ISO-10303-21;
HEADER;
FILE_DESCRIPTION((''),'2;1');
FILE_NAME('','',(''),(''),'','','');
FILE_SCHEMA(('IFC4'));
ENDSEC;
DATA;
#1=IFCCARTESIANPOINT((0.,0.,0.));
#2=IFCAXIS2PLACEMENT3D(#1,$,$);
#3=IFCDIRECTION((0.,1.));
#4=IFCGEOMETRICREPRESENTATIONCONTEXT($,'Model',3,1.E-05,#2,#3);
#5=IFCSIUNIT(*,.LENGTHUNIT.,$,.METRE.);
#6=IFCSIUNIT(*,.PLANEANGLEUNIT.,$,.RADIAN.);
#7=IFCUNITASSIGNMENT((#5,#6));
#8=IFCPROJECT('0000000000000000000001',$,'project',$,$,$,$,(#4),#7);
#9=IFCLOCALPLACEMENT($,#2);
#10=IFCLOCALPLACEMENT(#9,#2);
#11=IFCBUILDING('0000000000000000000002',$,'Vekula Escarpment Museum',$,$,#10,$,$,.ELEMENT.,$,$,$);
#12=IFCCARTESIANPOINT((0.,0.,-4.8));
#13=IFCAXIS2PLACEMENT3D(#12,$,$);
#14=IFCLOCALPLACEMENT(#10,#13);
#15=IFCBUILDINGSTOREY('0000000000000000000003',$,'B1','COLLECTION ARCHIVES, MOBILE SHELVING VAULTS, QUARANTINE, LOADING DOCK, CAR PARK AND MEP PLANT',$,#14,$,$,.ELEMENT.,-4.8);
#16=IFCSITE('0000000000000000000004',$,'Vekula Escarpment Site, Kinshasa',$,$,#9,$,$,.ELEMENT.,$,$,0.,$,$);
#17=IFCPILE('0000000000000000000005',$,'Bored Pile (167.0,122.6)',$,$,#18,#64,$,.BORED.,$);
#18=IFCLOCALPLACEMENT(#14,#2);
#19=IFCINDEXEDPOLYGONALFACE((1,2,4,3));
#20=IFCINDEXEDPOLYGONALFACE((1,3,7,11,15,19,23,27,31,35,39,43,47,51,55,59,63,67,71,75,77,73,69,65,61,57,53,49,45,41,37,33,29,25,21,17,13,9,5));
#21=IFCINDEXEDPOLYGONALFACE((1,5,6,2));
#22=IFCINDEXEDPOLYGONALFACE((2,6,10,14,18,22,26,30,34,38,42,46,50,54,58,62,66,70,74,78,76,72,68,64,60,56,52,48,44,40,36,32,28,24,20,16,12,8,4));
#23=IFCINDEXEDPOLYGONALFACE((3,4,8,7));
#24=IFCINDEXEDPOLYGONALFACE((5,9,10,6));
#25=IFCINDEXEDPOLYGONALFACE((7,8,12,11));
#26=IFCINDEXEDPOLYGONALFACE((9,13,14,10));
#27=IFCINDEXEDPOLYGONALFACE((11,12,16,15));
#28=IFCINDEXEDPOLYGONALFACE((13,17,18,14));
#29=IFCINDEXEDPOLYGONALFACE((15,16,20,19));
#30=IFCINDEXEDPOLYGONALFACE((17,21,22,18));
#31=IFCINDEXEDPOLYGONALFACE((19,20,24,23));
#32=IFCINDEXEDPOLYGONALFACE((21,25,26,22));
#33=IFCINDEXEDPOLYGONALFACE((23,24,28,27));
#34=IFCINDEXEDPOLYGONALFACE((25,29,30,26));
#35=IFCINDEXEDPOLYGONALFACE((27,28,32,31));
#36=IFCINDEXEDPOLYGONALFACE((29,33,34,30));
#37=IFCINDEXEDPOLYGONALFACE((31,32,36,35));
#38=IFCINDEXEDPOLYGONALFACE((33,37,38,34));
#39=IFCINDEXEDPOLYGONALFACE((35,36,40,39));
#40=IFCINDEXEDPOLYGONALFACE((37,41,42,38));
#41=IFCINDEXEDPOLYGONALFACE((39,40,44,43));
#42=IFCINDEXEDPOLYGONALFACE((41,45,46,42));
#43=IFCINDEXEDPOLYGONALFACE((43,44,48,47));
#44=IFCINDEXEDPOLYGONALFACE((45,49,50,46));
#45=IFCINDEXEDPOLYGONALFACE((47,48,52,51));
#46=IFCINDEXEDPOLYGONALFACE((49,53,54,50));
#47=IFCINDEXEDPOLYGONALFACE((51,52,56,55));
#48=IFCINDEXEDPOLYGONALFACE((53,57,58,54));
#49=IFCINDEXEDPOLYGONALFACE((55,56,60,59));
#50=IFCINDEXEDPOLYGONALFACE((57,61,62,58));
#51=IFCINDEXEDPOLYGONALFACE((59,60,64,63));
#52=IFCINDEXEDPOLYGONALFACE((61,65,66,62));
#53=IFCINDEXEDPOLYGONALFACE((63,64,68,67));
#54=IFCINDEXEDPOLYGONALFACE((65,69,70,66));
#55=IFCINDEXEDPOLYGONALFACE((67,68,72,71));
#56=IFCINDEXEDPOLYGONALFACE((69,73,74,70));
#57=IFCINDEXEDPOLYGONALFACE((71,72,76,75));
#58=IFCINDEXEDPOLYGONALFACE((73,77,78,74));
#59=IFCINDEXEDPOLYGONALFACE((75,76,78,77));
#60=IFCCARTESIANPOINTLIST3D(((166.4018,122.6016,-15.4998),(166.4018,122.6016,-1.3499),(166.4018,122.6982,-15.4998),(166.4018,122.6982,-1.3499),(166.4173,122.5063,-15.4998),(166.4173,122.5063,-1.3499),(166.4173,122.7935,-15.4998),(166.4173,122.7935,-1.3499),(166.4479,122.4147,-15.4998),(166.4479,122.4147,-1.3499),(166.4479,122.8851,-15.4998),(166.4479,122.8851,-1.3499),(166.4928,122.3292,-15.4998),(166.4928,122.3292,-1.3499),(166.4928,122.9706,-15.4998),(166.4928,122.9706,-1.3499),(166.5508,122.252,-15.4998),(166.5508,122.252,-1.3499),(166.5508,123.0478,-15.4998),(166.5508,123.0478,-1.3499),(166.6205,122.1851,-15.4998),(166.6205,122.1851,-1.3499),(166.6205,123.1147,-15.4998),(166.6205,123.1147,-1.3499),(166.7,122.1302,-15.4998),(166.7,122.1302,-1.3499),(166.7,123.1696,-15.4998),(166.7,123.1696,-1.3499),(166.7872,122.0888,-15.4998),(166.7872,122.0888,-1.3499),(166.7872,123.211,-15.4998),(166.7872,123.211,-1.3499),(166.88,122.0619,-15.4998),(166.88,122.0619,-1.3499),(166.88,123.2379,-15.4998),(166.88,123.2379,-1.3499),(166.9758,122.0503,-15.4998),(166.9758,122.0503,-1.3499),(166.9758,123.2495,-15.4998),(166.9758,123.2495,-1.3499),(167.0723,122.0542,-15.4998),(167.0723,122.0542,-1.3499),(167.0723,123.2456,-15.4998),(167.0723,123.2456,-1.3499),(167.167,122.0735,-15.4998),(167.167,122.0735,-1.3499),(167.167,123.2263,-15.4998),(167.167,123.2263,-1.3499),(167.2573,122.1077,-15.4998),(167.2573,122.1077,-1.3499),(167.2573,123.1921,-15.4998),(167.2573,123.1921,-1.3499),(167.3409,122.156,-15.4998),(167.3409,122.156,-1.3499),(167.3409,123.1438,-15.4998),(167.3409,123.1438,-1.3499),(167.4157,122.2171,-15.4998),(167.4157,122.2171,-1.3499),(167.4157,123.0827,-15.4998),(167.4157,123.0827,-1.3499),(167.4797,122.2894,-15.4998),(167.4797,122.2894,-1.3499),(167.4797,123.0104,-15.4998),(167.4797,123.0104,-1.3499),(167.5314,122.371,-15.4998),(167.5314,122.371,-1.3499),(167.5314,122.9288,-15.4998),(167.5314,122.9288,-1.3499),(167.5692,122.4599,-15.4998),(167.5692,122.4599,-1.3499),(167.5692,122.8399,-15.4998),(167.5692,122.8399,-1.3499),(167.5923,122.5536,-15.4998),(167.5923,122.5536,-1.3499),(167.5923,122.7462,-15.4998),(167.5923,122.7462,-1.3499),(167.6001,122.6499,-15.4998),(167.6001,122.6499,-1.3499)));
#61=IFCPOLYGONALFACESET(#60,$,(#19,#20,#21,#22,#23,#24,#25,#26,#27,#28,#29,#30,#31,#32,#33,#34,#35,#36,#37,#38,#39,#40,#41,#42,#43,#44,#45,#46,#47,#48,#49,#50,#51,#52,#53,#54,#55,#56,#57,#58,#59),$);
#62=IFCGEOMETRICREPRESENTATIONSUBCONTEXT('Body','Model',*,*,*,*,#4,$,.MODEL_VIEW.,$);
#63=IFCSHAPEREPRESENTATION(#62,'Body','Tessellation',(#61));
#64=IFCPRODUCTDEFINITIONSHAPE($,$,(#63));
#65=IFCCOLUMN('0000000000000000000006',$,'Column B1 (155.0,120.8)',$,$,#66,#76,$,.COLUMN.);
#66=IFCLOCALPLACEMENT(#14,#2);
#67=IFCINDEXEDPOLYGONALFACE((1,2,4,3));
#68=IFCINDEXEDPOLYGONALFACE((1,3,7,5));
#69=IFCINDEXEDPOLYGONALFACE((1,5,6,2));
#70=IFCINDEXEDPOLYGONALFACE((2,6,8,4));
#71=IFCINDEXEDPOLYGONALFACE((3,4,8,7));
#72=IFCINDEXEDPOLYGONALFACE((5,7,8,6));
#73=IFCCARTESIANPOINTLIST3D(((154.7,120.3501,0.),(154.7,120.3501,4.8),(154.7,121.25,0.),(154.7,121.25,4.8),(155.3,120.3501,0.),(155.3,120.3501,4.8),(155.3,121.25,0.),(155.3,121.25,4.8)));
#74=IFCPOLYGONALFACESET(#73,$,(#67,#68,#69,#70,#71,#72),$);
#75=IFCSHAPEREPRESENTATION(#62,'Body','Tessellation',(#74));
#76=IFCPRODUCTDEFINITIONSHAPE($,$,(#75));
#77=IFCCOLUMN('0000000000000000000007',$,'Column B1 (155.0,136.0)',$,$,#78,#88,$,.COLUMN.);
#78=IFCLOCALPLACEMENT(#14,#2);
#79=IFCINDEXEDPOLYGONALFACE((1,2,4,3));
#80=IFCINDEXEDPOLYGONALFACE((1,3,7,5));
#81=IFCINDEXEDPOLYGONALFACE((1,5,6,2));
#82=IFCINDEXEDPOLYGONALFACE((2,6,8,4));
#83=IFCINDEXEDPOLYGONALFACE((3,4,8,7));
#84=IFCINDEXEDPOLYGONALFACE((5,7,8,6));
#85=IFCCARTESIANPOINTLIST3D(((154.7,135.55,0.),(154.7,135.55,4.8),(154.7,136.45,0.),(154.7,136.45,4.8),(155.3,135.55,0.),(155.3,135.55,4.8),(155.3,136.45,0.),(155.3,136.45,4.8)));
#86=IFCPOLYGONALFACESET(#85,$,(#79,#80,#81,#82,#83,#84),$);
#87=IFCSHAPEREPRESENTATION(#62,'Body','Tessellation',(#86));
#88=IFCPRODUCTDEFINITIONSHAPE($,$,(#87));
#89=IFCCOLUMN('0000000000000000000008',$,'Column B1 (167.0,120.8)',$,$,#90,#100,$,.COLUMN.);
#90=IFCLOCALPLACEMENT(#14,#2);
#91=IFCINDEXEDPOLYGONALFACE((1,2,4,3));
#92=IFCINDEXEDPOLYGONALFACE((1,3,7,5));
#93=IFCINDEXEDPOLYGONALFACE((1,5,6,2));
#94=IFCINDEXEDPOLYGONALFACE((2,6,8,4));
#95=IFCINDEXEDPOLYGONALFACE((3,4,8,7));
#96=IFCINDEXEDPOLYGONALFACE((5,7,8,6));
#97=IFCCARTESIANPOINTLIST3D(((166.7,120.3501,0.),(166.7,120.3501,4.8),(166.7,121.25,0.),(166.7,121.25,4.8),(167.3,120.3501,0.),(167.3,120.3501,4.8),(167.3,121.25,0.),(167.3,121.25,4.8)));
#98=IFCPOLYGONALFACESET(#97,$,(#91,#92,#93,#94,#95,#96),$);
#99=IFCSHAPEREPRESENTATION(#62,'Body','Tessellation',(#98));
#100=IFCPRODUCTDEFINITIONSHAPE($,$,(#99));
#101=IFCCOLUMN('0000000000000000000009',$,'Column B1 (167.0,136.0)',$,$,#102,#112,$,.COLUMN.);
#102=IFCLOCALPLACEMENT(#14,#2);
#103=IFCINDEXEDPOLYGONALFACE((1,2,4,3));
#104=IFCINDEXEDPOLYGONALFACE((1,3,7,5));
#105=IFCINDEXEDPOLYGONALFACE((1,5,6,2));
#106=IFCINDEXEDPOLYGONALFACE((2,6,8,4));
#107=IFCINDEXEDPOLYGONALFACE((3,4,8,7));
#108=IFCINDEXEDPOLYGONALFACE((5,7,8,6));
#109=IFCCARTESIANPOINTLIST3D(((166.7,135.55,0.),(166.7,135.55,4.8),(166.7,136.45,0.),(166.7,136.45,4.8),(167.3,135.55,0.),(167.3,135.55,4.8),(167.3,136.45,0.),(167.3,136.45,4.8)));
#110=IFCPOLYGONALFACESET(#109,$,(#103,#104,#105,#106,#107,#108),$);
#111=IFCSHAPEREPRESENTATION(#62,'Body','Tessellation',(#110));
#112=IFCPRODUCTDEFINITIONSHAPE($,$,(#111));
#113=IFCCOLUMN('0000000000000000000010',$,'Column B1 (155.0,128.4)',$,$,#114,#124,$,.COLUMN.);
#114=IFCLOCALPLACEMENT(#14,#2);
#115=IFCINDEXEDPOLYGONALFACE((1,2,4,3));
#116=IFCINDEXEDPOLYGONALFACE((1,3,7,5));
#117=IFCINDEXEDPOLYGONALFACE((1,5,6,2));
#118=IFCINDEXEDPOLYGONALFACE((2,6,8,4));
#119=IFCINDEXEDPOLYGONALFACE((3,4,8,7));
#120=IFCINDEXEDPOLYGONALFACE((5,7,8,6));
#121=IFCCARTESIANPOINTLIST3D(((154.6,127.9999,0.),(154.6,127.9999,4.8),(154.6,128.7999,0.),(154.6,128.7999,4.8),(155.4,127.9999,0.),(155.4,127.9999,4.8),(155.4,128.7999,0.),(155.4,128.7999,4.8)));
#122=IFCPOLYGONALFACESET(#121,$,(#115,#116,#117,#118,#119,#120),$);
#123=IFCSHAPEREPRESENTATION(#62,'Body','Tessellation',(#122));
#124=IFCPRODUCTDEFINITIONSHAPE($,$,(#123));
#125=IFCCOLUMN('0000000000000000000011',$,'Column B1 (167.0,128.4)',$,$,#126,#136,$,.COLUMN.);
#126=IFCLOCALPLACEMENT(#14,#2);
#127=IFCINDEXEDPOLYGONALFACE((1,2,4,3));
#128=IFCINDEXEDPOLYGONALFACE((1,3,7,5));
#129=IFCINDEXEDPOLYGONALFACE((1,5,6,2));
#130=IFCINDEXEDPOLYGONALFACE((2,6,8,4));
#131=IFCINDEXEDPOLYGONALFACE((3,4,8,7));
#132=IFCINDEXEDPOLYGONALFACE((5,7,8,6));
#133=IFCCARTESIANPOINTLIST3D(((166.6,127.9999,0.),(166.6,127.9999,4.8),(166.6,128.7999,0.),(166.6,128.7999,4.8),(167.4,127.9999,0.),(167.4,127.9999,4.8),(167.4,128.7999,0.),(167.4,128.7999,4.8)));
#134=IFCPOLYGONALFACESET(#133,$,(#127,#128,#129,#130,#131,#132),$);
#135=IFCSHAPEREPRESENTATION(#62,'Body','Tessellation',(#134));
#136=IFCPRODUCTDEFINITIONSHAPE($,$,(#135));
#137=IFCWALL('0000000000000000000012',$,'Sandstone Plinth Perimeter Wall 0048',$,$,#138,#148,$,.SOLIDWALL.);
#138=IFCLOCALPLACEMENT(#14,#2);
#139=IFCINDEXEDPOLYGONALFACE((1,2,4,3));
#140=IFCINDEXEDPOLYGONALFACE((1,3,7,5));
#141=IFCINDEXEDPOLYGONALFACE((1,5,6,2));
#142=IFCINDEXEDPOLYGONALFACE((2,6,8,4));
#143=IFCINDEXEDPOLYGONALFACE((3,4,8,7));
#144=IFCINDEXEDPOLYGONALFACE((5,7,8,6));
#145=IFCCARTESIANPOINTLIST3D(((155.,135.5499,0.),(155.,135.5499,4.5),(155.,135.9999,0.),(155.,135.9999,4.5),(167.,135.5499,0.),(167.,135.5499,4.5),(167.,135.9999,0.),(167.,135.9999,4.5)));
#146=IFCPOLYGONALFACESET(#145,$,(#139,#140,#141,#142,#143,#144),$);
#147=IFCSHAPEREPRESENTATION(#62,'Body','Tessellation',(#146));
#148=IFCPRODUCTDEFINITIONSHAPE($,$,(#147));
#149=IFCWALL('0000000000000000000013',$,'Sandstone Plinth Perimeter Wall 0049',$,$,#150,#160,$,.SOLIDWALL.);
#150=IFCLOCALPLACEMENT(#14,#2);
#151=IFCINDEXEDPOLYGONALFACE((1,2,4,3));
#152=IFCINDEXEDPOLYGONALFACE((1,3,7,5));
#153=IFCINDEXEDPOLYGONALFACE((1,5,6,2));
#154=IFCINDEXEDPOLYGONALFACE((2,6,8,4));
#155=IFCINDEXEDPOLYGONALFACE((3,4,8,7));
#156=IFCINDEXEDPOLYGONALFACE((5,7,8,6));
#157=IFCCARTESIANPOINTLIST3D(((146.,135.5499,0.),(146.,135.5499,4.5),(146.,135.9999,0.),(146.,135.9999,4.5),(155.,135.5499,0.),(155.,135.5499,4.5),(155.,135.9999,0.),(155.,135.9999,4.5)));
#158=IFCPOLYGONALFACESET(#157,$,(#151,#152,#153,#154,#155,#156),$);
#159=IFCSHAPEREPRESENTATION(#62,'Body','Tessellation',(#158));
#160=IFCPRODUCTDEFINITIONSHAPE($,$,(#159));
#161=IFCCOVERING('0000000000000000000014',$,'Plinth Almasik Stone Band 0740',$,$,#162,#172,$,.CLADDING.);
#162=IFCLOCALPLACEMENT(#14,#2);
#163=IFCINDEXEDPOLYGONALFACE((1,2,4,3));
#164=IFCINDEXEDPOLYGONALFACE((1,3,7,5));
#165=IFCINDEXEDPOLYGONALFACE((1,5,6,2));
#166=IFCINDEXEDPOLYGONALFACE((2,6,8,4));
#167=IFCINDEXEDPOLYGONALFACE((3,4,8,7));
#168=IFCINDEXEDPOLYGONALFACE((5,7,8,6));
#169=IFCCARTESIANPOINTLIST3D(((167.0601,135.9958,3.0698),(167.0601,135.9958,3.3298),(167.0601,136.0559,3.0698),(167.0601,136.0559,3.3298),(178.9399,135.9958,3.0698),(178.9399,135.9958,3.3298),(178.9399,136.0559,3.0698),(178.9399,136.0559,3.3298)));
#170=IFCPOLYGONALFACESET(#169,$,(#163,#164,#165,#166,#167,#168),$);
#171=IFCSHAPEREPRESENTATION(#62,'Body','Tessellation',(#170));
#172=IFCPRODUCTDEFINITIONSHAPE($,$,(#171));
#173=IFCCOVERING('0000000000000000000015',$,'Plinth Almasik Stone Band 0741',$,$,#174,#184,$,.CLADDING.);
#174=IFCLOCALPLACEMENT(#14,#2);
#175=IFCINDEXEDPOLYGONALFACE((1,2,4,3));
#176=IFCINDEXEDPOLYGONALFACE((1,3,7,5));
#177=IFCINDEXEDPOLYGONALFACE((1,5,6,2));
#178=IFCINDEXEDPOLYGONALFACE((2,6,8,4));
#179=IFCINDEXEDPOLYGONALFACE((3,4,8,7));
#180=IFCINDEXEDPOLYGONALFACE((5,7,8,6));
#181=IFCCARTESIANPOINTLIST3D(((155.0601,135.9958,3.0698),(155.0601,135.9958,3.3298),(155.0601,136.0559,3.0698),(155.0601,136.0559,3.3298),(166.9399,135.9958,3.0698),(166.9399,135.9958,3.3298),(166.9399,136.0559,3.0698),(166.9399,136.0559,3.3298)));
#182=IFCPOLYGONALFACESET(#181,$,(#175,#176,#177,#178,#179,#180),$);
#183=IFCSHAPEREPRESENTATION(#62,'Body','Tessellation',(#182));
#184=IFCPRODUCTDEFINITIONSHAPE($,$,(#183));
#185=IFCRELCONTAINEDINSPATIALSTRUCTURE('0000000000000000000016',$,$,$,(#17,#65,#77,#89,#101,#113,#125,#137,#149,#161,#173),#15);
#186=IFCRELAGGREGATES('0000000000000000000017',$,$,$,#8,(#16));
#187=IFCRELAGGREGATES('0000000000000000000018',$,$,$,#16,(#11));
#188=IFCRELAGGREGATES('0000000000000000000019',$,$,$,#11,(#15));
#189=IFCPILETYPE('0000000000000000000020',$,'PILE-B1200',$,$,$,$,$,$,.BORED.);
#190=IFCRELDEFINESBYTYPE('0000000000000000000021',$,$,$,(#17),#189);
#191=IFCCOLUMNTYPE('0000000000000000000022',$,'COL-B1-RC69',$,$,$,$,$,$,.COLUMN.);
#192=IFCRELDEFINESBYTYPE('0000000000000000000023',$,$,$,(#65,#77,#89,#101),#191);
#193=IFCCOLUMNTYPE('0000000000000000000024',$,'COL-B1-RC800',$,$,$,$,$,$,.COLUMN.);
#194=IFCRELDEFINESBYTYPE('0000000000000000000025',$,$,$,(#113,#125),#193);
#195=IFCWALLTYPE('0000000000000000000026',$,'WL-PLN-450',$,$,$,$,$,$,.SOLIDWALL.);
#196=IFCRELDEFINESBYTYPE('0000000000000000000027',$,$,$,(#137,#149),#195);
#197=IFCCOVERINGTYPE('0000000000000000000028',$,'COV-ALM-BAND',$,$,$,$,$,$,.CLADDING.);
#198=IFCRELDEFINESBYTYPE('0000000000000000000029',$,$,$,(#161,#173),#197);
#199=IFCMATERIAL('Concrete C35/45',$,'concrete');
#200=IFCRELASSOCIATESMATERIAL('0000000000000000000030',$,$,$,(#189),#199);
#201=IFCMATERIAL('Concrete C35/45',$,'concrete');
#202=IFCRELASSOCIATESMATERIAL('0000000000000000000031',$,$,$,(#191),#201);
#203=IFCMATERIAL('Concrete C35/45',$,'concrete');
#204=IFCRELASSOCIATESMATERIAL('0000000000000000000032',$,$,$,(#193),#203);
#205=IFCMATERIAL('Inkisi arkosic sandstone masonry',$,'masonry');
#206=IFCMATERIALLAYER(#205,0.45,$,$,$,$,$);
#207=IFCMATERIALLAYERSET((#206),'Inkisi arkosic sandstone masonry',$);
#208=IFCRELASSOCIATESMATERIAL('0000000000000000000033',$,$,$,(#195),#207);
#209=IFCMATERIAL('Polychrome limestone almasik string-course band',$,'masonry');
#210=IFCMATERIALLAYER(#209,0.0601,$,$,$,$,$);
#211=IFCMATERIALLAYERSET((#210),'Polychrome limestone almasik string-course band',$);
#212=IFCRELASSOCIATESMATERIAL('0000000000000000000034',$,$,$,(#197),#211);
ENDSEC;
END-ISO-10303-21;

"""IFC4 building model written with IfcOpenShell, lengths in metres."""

from ifc_helpers import new_model, si_unit, direction, frame, frame_2d, origin, origin_2d, place, context, subcontext, project, spatial, rectangle, circle, extrude, material, layer, layer_set, material_profile, profile_set, type_object, element, save


model = new_model("IFC4")

# Units and contexts
model_context = context("Model", 3, precision=1e-05, world=origin(), true_north=direction((0.0, 1.0)))
body_context = subcontext(model_context, "Body", "Model", "MODEL_VIEW")
ifc_project = project(units=[si_unit("LENGTHUNIT", "METRE"), si_unit("PLANEANGLEUNIT", "RADIAN")], contexts=[model_context])

# Site, building, storey
site_placement = place(None, origin())
site = spatial("IfcSite", under=ifc_project, at=site_placement, Name="Vekula Escarpment Site, Kinshasa", CompositionType="ELEMENT", RefElevation=0.0)
building_placement = place(site_placement, origin())
building = spatial("IfcBuilding", under=site, at=building_placement, Name="Vekula Escarpment Museum", CompositionType="ELEMENT")
storey_placement = place(building_placement, frame((0.0, 0.0, -4.8)))
storey = spatial("IfcBuildingStorey", under=building, at=storey_placement, Name="B1", Description="COLLECTION ARCHIVES, MOBILE SHELVING VAULTS, QUARANTINE, LOADING DOCK, CAR PARK AND MEP PLANT", CompositionType="ELEMENT", Elevation=-4.8)

# Pile
ifc_material_1 = material(Name="Concrete C35/45", Category="concrete")
ifc_material_profile_1 = material_profile(ifc_material_1, circle(Radius=0.6001, at=origin_2d()), Name="BORED PILE 1200")
ifc_profile_set_1 = profile_set([ifc_material_profile_1], Name="Concrete C35/45")
pile_type = type_object("IfcPileType", Name="PILE-B1200", PredefinedType="BORED", material=ifc_profile_set_1)
for number, where, z_axis, x_axis, name in (
    (1, (167.0, 122.6499, -1.3499), (0.0, 0.0, -1.0), (1.0, 0.0, 0.0), "Bored Pile (167.0,122.6)"),
):
    element("IfcPile", number, at=place(storey_placement, frame(where, z_axis=z_axis, x_axis=x_axis)), inside=storey, type_object=pile_type, Name=name, PredefinedType="BORED", context=body_context, shape_type="SweptSolid", body=[
        extrude(circle(Radius=0.6001, at=origin_2d()), origin(), (0.0, 0.0, 1.0), 14.1499),
    ])

# Columns
ifc_material_2 = material(Name="Concrete C35/45", Category="concrete")
ifc_material_profile_2 = material_profile(ifc_material_2, rectangle(XDim=0.6001, YDim=0.8999, at=origin_2d()), Name="RC 600x900")
ifc_profile_set_2 = profile_set([ifc_material_profile_2], Name="Concrete C35/45")
column_type_1 = type_object("IfcColumnType", Name="COL-B1-RC69", PredefinedType="COLUMN", material=ifc_profile_set_2)
for number, where, z_axis, x_axis, name in (
    (2, (155.0, 120.8, 0.0), (0.0, 0.0, 1.0), (1.0, 0.0, 0.0), "Column B1 (155.0,120.8)"),
    (3, (155.0, 136.0, 0.0), (0.0, 0.0, 1.0), (1.0, 0.0, 0.0), "Column B1 (155.0,136.0)"),
    (4, (167.0, 120.8, 0.0), (0.0, 0.0, 1.0), (1.0, 0.0, 0.0), "Column B1 (167.0,120.8)"),
    (5, (167.0, 136.0, 0.0), (0.0, 0.0, 1.0), (1.0, 0.0, 0.0), "Column B1 (167.0,136.0)"),
):
    element("IfcColumn", number, at=place(storey_placement, frame(where, z_axis=z_axis, x_axis=x_axis)), inside=storey, type_object=column_type_1, Name=name, PredefinedType="COLUMN", context=body_context, shape_type="SweptSolid", body=[
        extrude(rectangle(XDim=0.6001, YDim=0.8999, at=origin_2d()), origin(), (0.0, 0.0, 1.0), 4.8),
    ])
ifc_material_3 = material(Name="Concrete C35/45", Category="concrete")
ifc_material_profile_3 = material_profile(ifc_material_3, rectangle(XDim=0.8, YDim=0.8, at=origin_2d()), Name="RC 800x800")
ifc_profile_set_3 = profile_set([ifc_material_profile_3], Name="Concrete C35/45")
column_type_2 = type_object("IfcColumnType", Name="COL-B1-RC800", PredefinedType="COLUMN", material=ifc_profile_set_3)
for number, where, z_axis, x_axis, name in (
    (6, (155.0, 128.3999, 0.0), (0.0, 0.0, 1.0), (1.0, 0.0, 0.0), "Column B1 (155.0,128.4)"),
    (7, (167.0, 128.3999, 0.0), (0.0, 0.0, 1.0), (1.0, 0.0, 0.0), "Column B1 (167.0,128.4)"),
):
    element("IfcColumn", number, at=place(storey_placement, frame(where, z_axis=z_axis, x_axis=x_axis)), inside=storey, type_object=column_type_2, Name=name, PredefinedType="COLUMN", context=body_context, shape_type="SweptSolid", body=[
        extrude(rectangle(XDim=0.8, YDim=0.8, at=origin_2d()), origin(), (0.0, 0.0, 1.0), 4.8),
    ])

# Walls
ifc_material_4 = material(Name="Inkisi arkosic sandstone masonry", Category="masonry")
ifc_layer_1 = layer(ifc_material_4, 0.45)
ifc_layer_set_1 = layer_set([ifc_layer_1], Name="Inkisi arkosic sandstone masonry")
wall_type = type_object("IfcWallType", Name="WL-PLN-450", PredefinedType="SOLIDWALL", material=ifc_layer_set_1)
wall_1_placement = place(storey_placement, frame((167.0, 135.7749, 0.0), z_axis=(0.0, 0.0, 1.0), x_axis=(-1.0, 0.0, 0.0)))
element("IfcWall", 8, at=wall_1_placement, inside=storey, type_object=wall_type, Name="Sandstone Plinth Perimeter Wall 0048", PredefinedType="SOLIDWALL", context=body_context, shape_type="SweptSolid", body=[
    extrude(rectangle(XDim=12.0, YDim=0.45, at=frame_2d((6.0, 0.0))), origin(), (0.0, 0.0, 1.0), 4.5),
])
wall_2_placement = place(storey_placement, frame((155.0, 135.7749, 0.0), z_axis=(0.0, 0.0, 1.0), x_axis=(-1.0, 0.0, 0.0)))
element("IfcWall", 9, at=wall_2_placement, inside=storey, type_object=wall_type, Name="Sandstone Plinth Perimeter Wall 0049", PredefinedType="SOLIDWALL", context=body_context, shape_type="SweptSolid", body=[
    extrude(rectangle(XDim=9.0, YDim=0.45, at=frame_2d((4.5, 0.0))), origin(), (0.0, 0.0, 1.0), 4.5),
])

# Coverings
ifc_material_5 = material(Name="Polychrome limestone almasik string-course band", Category="masonry")
ifc_layer_2 = layer(ifc_material_5, 0.0601)
ifc_layer_set_2 = layer_set([ifc_layer_2], Name="Polychrome limestone almasik string-course band")
covering_type = type_object("IfcCoveringType", Name="COV-ALM-BAND", PredefinedType="CLADDING", material=ifc_layer_set_2)
for number, where, z_axis, x_axis, name in (
    (10, (173.0, 136.0259, 3.0698), (0.0, 0.0, 1.0), (1.0, 0.0, 0.0), "Plinth Almasik Stone Band 0740"),
    (11, (161.0, 136.0259, 3.0698), (0.0, 0.0, 1.0), (1.0, 0.0, 0.0), "Plinth Almasik Stone Band 0741"),
):
    element("IfcCovering", number, at=place(storey_placement, frame(where, z_axis=z_axis, x_axis=x_axis)), inside=storey, type_object=covering_type, Name=name, PredefinedType="CLADDING", context=body_context, shape_type="SweptSolid", body=[
        extrude(rectangle(XDim=11.8799, YDim=0.0601, at=origin_2d()), origin(), (0.0, 0.0, 1.0), 0.26),
    ])

save(model, "model.ifc")
